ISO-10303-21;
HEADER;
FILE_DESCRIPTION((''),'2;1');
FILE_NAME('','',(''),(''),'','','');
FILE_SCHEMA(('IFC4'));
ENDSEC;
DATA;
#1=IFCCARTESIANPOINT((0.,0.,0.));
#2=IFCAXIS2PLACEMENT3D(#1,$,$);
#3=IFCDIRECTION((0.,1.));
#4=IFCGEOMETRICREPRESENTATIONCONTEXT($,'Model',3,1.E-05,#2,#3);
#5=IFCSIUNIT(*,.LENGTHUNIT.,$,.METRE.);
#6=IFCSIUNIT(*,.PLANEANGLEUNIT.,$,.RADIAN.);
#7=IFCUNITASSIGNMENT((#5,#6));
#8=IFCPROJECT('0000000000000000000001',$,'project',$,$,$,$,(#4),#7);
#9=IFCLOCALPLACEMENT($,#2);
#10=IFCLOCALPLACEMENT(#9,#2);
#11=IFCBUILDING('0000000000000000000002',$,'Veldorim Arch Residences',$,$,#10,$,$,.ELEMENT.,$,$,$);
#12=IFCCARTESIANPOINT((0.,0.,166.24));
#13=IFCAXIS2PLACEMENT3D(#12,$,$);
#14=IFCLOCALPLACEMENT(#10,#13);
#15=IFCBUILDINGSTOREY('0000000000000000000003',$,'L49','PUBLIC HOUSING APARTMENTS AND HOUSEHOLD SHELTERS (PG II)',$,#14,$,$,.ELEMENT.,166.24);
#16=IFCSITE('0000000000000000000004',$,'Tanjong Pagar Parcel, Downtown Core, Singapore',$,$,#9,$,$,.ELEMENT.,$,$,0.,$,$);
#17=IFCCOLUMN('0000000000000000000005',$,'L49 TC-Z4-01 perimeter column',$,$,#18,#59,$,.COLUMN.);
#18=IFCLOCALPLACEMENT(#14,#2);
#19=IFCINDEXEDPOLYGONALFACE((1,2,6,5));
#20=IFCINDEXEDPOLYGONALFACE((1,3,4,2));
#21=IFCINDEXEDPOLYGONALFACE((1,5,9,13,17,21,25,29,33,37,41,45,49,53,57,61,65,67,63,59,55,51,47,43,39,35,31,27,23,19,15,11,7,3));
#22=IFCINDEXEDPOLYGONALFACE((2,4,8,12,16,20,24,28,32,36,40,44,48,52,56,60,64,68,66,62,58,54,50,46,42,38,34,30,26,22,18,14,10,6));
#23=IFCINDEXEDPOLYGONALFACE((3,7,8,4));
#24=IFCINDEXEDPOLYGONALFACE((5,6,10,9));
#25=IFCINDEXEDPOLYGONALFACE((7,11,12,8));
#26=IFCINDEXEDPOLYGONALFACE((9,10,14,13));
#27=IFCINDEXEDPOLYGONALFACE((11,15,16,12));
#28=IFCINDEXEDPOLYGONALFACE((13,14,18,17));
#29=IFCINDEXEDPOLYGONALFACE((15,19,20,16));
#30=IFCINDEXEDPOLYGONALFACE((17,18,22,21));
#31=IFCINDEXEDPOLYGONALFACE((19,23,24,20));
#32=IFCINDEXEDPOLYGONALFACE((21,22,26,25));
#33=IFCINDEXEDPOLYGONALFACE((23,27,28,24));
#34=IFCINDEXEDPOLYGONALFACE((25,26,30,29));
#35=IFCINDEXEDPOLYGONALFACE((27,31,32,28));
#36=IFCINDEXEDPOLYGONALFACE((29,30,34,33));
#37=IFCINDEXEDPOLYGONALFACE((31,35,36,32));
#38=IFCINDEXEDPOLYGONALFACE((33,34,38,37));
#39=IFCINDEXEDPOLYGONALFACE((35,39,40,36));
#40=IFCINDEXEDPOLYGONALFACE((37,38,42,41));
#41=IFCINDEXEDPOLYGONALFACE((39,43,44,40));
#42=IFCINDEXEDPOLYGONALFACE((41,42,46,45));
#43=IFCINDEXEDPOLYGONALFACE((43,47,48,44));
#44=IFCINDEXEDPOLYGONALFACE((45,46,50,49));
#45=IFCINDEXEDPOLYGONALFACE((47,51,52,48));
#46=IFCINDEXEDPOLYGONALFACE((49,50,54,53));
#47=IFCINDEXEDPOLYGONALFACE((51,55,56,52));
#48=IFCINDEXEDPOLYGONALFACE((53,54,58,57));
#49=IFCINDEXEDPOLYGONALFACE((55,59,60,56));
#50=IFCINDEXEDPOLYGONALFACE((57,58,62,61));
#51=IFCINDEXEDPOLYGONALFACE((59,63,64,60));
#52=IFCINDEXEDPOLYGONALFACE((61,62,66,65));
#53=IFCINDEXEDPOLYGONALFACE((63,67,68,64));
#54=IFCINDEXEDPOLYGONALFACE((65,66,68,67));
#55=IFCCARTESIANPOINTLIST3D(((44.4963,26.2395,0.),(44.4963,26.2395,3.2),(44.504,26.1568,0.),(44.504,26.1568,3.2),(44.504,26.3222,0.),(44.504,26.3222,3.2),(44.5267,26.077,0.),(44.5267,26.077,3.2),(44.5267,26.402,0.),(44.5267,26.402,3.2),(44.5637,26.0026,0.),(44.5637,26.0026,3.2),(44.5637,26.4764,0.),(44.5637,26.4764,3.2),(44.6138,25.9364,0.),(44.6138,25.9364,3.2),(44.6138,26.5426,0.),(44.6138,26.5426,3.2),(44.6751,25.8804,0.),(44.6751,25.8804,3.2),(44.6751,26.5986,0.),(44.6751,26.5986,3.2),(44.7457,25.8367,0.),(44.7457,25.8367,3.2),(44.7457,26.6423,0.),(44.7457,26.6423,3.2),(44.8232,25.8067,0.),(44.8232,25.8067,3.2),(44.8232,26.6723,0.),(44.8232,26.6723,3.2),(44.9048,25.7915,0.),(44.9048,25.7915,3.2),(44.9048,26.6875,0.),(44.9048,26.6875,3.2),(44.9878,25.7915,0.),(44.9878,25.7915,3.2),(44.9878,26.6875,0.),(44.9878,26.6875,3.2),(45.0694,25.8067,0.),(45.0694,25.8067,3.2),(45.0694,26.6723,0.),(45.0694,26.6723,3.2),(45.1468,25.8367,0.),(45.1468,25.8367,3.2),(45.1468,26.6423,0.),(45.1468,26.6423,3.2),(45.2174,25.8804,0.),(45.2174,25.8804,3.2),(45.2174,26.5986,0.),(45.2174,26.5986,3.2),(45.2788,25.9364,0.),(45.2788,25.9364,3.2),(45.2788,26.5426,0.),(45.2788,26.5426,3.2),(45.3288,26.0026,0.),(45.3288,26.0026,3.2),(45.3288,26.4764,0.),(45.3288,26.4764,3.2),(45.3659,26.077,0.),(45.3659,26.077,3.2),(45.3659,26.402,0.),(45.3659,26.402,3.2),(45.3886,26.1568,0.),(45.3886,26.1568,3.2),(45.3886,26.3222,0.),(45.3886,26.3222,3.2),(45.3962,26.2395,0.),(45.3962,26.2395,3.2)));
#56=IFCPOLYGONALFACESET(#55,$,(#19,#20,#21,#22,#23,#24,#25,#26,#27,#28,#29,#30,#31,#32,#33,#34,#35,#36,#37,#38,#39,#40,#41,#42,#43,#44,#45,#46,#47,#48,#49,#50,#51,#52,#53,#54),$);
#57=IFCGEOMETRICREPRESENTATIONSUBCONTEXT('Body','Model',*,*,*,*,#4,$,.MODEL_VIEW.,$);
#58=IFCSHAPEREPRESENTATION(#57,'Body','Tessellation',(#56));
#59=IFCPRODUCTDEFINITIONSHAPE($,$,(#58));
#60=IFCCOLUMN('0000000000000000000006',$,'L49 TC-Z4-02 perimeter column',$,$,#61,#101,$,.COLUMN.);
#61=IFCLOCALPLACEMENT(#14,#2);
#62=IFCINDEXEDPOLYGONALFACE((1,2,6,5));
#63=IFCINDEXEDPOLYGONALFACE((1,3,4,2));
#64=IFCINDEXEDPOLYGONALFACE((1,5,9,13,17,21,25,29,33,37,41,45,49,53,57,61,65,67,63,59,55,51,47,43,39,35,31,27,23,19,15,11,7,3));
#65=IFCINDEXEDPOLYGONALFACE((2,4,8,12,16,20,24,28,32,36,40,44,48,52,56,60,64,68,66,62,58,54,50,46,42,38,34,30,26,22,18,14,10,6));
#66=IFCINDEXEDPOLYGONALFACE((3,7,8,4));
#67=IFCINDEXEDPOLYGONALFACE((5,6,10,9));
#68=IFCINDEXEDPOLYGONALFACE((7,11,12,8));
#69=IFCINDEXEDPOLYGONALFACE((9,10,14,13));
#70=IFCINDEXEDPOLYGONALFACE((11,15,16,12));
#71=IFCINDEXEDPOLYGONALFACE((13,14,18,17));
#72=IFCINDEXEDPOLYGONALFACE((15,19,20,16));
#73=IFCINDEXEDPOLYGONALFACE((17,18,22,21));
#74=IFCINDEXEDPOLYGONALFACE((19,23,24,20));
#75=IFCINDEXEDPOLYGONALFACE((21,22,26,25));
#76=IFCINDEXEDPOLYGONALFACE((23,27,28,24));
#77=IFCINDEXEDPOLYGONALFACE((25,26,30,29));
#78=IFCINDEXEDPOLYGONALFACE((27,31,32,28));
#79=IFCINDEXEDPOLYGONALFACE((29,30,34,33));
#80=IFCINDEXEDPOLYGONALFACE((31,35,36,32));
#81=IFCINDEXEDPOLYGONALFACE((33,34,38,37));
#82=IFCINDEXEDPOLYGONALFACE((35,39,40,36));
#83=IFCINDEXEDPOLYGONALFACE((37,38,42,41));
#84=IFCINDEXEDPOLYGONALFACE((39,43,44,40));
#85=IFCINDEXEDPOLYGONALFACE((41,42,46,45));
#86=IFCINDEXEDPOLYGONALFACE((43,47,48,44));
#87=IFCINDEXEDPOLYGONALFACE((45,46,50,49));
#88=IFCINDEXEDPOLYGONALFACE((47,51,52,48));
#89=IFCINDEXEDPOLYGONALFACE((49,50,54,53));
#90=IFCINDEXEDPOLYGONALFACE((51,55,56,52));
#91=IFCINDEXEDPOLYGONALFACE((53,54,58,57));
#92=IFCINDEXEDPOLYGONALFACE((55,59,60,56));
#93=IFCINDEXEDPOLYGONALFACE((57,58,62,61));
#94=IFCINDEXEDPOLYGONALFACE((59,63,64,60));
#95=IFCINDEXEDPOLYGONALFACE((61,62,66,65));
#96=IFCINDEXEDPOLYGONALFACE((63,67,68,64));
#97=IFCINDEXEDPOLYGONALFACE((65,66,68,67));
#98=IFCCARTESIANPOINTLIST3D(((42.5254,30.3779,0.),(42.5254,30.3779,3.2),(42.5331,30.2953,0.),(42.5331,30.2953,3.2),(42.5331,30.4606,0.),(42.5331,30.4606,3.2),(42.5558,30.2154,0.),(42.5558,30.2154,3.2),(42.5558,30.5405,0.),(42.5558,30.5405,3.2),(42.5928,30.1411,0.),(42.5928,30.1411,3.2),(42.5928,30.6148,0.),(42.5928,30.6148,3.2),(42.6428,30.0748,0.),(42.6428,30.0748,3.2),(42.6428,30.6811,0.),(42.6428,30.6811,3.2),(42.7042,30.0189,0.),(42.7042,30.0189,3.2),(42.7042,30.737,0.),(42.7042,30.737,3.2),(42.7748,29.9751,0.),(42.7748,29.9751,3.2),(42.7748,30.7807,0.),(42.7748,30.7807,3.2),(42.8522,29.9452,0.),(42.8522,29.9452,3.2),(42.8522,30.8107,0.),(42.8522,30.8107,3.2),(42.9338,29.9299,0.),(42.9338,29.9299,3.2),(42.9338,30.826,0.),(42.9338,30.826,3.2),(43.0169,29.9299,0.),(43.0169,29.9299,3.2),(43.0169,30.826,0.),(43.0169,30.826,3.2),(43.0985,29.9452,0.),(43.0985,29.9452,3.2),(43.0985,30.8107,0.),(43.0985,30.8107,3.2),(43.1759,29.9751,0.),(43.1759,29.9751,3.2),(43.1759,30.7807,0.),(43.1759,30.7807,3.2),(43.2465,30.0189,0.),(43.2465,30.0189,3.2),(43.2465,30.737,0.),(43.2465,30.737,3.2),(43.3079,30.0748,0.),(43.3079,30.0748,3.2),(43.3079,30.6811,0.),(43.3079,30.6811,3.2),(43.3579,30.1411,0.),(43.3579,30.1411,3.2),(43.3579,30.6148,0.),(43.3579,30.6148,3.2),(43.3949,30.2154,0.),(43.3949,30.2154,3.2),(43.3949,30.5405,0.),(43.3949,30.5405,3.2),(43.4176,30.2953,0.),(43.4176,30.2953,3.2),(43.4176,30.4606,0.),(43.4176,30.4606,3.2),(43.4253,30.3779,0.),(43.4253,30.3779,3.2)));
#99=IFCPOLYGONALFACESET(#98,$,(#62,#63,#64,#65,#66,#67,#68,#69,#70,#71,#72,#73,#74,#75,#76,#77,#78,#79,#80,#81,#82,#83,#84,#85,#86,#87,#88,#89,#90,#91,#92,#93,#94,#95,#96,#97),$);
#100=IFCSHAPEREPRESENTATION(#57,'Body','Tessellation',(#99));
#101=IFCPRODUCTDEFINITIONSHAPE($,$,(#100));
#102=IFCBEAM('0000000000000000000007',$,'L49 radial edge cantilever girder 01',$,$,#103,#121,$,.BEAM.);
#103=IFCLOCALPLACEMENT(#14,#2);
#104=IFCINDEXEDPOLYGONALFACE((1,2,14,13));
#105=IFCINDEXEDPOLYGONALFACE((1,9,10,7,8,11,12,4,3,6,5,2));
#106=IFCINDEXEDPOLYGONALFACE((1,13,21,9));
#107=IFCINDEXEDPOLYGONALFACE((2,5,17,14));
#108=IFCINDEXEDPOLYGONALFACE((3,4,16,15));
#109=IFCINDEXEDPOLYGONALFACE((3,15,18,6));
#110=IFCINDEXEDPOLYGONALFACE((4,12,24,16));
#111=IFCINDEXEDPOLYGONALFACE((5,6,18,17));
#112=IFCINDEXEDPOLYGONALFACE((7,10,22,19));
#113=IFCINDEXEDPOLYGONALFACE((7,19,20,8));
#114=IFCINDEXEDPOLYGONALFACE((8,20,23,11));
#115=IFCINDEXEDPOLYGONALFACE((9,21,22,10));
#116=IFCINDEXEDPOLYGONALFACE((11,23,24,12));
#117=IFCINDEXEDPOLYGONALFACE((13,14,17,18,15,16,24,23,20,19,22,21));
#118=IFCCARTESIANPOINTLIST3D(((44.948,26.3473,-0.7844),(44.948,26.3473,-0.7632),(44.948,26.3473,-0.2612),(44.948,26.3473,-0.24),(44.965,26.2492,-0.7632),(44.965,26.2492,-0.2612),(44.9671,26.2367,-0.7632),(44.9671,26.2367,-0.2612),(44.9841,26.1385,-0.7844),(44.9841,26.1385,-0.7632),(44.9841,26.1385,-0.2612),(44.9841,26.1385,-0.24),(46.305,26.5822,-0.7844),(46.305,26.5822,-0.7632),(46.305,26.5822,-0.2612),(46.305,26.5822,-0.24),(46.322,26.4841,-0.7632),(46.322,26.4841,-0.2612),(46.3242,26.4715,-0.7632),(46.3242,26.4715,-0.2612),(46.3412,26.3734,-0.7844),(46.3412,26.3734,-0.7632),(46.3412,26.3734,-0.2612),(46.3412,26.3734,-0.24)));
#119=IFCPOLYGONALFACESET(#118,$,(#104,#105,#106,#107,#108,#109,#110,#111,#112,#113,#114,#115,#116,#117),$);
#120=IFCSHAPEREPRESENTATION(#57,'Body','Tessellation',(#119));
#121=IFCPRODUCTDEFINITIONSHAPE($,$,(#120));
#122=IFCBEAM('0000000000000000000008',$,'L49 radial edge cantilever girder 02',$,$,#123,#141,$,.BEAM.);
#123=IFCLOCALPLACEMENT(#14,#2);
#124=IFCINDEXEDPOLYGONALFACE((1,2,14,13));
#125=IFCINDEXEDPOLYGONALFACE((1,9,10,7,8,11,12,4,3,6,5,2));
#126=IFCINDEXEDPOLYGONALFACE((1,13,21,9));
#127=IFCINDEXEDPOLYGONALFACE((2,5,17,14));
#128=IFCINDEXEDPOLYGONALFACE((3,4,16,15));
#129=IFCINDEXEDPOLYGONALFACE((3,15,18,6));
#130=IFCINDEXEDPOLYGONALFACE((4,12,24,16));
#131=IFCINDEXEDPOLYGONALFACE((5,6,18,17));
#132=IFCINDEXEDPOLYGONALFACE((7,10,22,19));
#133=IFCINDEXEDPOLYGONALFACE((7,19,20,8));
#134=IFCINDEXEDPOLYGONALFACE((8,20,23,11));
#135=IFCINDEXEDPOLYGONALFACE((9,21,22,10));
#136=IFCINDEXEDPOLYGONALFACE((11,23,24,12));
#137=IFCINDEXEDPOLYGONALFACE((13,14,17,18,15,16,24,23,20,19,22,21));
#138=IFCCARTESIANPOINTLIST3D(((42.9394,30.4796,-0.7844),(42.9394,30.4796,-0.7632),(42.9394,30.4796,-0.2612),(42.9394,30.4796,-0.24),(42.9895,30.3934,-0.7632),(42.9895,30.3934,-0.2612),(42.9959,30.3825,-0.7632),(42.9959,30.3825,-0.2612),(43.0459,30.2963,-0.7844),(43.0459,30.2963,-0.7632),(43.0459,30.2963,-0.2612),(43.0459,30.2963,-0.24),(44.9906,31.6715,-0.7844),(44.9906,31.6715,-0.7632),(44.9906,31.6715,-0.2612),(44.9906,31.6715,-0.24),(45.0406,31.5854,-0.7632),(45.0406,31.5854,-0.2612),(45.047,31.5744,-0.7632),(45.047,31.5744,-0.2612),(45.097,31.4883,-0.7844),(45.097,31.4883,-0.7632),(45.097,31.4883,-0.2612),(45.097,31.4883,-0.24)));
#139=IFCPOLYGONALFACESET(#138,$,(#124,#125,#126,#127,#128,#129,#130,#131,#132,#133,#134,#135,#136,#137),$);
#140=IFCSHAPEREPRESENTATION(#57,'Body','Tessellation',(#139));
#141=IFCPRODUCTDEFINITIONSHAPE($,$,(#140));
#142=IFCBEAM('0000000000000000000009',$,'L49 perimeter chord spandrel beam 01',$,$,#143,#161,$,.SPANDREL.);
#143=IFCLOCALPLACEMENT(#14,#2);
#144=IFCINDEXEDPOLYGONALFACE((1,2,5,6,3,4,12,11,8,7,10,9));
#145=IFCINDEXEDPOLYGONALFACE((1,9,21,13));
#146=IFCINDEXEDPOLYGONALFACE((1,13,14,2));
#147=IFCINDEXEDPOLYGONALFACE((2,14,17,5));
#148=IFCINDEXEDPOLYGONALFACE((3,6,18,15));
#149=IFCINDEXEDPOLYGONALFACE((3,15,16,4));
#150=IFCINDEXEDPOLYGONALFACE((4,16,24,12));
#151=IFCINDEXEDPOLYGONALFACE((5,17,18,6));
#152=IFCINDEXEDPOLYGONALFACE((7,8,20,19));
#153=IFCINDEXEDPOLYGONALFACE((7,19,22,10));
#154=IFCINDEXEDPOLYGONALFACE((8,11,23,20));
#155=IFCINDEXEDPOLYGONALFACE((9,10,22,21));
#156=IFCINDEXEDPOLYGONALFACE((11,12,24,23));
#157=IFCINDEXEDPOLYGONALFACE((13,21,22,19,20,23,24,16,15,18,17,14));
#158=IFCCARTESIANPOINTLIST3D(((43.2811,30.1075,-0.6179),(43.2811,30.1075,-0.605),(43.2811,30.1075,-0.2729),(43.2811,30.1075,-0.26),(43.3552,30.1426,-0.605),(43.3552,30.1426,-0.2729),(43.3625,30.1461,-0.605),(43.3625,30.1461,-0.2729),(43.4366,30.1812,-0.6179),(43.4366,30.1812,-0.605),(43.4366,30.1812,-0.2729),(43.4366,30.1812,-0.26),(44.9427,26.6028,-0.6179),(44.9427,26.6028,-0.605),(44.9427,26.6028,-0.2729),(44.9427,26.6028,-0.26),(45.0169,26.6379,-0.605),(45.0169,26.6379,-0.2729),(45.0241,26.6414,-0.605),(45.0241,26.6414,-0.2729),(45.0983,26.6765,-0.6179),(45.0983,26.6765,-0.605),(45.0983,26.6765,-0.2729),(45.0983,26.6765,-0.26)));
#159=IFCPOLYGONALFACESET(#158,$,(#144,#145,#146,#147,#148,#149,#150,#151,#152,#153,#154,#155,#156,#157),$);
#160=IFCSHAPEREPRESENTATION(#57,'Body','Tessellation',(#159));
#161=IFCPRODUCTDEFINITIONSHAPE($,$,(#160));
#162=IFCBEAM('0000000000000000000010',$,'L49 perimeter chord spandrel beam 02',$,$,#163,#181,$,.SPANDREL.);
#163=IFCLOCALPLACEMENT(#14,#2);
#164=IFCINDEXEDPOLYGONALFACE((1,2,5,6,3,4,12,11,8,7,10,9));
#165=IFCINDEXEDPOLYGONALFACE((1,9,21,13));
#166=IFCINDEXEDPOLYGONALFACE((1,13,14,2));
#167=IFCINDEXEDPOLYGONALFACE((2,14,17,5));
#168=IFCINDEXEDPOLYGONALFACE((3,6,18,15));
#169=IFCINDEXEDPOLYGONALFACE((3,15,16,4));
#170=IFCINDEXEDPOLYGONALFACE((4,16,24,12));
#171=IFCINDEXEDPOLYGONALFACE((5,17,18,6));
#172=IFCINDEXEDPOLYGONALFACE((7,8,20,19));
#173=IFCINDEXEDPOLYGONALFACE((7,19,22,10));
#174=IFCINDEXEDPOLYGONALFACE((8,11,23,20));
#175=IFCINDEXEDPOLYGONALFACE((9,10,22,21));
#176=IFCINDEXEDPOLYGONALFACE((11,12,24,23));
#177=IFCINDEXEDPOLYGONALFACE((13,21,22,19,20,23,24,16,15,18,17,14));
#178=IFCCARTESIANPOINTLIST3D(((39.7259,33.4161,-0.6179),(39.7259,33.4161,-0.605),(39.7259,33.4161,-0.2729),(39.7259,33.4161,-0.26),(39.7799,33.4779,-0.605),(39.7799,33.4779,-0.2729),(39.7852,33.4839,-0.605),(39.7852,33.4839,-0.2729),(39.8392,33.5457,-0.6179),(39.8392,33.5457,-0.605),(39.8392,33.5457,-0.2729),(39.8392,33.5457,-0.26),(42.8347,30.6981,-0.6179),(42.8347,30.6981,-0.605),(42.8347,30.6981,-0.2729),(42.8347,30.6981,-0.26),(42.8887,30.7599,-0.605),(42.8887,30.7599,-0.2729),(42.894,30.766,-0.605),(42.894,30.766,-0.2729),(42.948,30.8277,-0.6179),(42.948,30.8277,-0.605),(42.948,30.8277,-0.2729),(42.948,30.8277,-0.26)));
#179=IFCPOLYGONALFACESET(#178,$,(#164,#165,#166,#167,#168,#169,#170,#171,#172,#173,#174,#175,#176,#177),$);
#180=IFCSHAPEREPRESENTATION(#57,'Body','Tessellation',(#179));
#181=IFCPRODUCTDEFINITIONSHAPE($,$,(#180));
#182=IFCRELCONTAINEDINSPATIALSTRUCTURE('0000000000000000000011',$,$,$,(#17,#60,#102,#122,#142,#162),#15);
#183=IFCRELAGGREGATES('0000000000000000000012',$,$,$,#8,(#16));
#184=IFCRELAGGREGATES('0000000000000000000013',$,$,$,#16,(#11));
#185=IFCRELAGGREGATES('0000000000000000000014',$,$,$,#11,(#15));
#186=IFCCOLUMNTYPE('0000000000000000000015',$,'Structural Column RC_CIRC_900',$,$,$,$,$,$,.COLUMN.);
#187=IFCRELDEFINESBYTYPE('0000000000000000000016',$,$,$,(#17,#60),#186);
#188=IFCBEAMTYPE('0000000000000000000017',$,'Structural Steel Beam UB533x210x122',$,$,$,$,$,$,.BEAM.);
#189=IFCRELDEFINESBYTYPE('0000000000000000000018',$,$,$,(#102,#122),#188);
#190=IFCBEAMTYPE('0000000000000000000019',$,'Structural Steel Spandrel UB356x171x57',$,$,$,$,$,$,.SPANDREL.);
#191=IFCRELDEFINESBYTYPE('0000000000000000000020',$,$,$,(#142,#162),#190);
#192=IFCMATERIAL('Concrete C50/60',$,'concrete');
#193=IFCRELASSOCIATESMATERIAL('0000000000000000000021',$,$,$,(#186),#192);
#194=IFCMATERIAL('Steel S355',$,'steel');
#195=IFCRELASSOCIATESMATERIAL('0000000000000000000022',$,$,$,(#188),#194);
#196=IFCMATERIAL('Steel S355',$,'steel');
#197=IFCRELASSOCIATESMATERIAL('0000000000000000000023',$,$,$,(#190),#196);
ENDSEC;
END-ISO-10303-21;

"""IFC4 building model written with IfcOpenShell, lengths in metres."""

from ifc_helpers import new_model, si_unit, direction, frame, origin, origin_2d, place, context, subcontext, project, spatial, circle, i_section, extrude, material, material_profile, profile_set, type_object, element, save


model = new_model("IFC4")

# Units and contexts
model_context = context("Model", 3, precision=1e-05, world=origin(), true_north=direction((0.0, 1.0)))
body_context = subcontext(model_context, "Body", "Model", "MODEL_VIEW")
ifc_project = project(units=[si_unit("LENGTHUNIT", "METRE"), si_unit("PLANEANGLEUNIT", "RADIAN")], contexts=[model_context])

# Site, building, storey
site_placement = place(None, origin())
site = spatial("IfcSite", under=ifc_project, at=site_placement, Name="Tanjong Pagar Parcel, Downtown Core, Singapore", CompositionType="ELEMENT", RefElevation=0.0)
building_placement = place(site_placement, origin())
building = spatial("IfcBuilding", under=site, at=building_placement, Name="Veldorim Arch Residences", CompositionType="ELEMENT")
storey_placement = place(building_placement, frame((0.0, 0.0, 166.24)))
storey = spatial("IfcBuildingStorey", under=building, at=storey_placement, Name="L49", Description="PUBLIC HOUSING APARTMENTS AND HOUSEHOLD SHELTERS (PG II)", CompositionType="ELEMENT", Elevation=166.24)

# Columns
ifc_material_1 = material(Name="Concrete C50/60", Category="concrete")
ifc_material_profile_1 = material_profile(ifc_material_1, circle(Radius=0.45, at=origin_2d()), Name="RC_CIRC_900")
ifc_profile_set_1 = profile_set([ifc_material_profile_1], Name="Concrete C50/60")
column_type = type_object("IfcColumnType", Name="Structural Column RC_CIRC_900", PredefinedType="COLUMN", material=ifc_profile_set_1)
for number, where, z_axis, x_axis, name in (
    (1, (44.9463, 26.2395, 0.0), (0.0, 0.0, 1.0), (1.0, 0.0, 0.0), "L49 TC-Z4-01 perimeter column"),
    (2, (42.9753, 30.3779, 0.0), (0.0, 0.0, 1.0), (1.0, 0.0, 0.0), "L49 TC-Z4-02 perimeter column"),
):
    element("IfcColumn", number, at=place(storey_placement, frame(where, z_axis=z_axis, x_axis=x_axis)), inside=storey, type_object=column_type, Name=name, PredefinedType="COLUMN", context=body_context, shape_type="SweptSolid", body=[
        extrude(circle(Radius=0.45, at=origin_2d()), origin(), (0.0, 0.0, 1.0), 3.2),
    ])

# Beams
ifc_material_2 = material(Name="Steel S355", Category="steel")
ifc_material_profile_2 = material_profile(ifc_material_2, i_section(OverallWidth=0.2119, OverallDepth=0.5444, WebThickness=0.0127, FlangeThickness=0.0212, at=origin_2d()), Name="UB533x210x122")
ifc_profile_set_2 = profile_set([ifc_material_profile_2], Name="Steel S355")
beam_type_1 = type_object("IfcBeamType", Name="Structural Steel Beam UB533x210x122", PredefinedType="BEAM", material=ifc_profile_set_2)
beam_1_placement = place(storey_placement, frame((44.9661, 26.2429, -0.5122), z_axis=(0.985349, 0.170548, 0.0), x_axis=(-0.170548, 0.985349, 0.0)))
element("IfcBeam", 3, at=beam_1_placement, inside=storey, type_object=beam_type_1, Name="L49 radial edge cantilever girder 01", PredefinedType="BEAM", context=body_context, shape_type="SweptSolid", body=[
    extrude(i_section(OverallWidth=0.2119, OverallDepth=0.5444, WebThickness=0.0127, FlangeThickness=0.0212, at=origin_2d()), origin(), (0.0, 0.0, 1.0), 1.3772),
])
beam_2_placement = place(storey_placement, frame((42.9927, 30.3879, -0.5122), z_axis=(0.86461, 0.502443, 0.0), x_axis=(-0.502443, 0.86461, 0.0)))
element("IfcBeam", 4, at=beam_2_placement, inside=storey, type_object=beam_type_1, Name="L49 radial edge cantilever girder 02", PredefinedType="BEAM", context=body_context, shape_type="SweptSolid", body=[
    extrude(i_section(OverallWidth=0.2119, OverallDepth=0.5444, WebThickness=0.0127, FlangeThickness=0.0212, at=origin_2d()), origin(), (0.0, 0.0, 1.0), 2.3723),
])
ifc_material_3 = material(Name="Steel S355", Category="steel")
ifc_material_profile_3 = material_profile(ifc_material_3, i_section(OverallWidth=0.1721, OverallDepth=0.3579, WebThickness=0.0081, FlangeThickness=0.0129, at=origin_2d()), Name="UB356x171x57")
ifc_profile_set_3 = profile_set([ifc_material_profile_3], Name="Steel S355")
beam_type_2 = type_object("IfcBeamType", Name="Structural Steel Spandrel UB356x171x57", PredefinedType="SPANDREL", material=ifc_profile_set_3)
beam_3_placement = place(storey_placement, frame((45.0205, 26.6396, -0.439), z_axis=(-0.428408, 0.903585, 0.0), x_axis=(-0.903585, -0.428408, 0.0)))
element("IfcBeam", 5, at=beam_3_placement, inside=storey, type_object=beam_type_2, Name="L49 perimeter chord spandrel beam 01", PredefinedType="SPANDREL", context=body_context, shape_type="SweptSolid", body=[
    extrude(i_section(OverallWidth=0.1721, OverallDepth=0.3579, WebThickness=0.0081, FlangeThickness=0.0129, at=origin_2d()), origin(), (0.0, 0.0, 1.0), 3.8787),
])
beam_4_placement = place(storey_placement, frame((42.8914, 30.7629, -0.439), z_axis=(-0.752848, 0.658195, 0.0), x_axis=(-0.658195, -0.752848, 0.0)))
element("IfcBeam", 6, at=beam_4_placement, inside=storey, type_object=beam_type_2, Name="L49 perimeter chord spandrel beam 02", PredefinedType="SPANDREL", context=body_context, shape_type="SweptSolid", body=[
    extrude(i_section(OverallWidth=0.1721, OverallDepth=0.3579, WebThickness=0.0081, FlangeThickness=0.0129, at=origin_2d()), origin(), (0.0, 0.0, 1.0), 4.1294),
])

save(model, "model.ifc")
